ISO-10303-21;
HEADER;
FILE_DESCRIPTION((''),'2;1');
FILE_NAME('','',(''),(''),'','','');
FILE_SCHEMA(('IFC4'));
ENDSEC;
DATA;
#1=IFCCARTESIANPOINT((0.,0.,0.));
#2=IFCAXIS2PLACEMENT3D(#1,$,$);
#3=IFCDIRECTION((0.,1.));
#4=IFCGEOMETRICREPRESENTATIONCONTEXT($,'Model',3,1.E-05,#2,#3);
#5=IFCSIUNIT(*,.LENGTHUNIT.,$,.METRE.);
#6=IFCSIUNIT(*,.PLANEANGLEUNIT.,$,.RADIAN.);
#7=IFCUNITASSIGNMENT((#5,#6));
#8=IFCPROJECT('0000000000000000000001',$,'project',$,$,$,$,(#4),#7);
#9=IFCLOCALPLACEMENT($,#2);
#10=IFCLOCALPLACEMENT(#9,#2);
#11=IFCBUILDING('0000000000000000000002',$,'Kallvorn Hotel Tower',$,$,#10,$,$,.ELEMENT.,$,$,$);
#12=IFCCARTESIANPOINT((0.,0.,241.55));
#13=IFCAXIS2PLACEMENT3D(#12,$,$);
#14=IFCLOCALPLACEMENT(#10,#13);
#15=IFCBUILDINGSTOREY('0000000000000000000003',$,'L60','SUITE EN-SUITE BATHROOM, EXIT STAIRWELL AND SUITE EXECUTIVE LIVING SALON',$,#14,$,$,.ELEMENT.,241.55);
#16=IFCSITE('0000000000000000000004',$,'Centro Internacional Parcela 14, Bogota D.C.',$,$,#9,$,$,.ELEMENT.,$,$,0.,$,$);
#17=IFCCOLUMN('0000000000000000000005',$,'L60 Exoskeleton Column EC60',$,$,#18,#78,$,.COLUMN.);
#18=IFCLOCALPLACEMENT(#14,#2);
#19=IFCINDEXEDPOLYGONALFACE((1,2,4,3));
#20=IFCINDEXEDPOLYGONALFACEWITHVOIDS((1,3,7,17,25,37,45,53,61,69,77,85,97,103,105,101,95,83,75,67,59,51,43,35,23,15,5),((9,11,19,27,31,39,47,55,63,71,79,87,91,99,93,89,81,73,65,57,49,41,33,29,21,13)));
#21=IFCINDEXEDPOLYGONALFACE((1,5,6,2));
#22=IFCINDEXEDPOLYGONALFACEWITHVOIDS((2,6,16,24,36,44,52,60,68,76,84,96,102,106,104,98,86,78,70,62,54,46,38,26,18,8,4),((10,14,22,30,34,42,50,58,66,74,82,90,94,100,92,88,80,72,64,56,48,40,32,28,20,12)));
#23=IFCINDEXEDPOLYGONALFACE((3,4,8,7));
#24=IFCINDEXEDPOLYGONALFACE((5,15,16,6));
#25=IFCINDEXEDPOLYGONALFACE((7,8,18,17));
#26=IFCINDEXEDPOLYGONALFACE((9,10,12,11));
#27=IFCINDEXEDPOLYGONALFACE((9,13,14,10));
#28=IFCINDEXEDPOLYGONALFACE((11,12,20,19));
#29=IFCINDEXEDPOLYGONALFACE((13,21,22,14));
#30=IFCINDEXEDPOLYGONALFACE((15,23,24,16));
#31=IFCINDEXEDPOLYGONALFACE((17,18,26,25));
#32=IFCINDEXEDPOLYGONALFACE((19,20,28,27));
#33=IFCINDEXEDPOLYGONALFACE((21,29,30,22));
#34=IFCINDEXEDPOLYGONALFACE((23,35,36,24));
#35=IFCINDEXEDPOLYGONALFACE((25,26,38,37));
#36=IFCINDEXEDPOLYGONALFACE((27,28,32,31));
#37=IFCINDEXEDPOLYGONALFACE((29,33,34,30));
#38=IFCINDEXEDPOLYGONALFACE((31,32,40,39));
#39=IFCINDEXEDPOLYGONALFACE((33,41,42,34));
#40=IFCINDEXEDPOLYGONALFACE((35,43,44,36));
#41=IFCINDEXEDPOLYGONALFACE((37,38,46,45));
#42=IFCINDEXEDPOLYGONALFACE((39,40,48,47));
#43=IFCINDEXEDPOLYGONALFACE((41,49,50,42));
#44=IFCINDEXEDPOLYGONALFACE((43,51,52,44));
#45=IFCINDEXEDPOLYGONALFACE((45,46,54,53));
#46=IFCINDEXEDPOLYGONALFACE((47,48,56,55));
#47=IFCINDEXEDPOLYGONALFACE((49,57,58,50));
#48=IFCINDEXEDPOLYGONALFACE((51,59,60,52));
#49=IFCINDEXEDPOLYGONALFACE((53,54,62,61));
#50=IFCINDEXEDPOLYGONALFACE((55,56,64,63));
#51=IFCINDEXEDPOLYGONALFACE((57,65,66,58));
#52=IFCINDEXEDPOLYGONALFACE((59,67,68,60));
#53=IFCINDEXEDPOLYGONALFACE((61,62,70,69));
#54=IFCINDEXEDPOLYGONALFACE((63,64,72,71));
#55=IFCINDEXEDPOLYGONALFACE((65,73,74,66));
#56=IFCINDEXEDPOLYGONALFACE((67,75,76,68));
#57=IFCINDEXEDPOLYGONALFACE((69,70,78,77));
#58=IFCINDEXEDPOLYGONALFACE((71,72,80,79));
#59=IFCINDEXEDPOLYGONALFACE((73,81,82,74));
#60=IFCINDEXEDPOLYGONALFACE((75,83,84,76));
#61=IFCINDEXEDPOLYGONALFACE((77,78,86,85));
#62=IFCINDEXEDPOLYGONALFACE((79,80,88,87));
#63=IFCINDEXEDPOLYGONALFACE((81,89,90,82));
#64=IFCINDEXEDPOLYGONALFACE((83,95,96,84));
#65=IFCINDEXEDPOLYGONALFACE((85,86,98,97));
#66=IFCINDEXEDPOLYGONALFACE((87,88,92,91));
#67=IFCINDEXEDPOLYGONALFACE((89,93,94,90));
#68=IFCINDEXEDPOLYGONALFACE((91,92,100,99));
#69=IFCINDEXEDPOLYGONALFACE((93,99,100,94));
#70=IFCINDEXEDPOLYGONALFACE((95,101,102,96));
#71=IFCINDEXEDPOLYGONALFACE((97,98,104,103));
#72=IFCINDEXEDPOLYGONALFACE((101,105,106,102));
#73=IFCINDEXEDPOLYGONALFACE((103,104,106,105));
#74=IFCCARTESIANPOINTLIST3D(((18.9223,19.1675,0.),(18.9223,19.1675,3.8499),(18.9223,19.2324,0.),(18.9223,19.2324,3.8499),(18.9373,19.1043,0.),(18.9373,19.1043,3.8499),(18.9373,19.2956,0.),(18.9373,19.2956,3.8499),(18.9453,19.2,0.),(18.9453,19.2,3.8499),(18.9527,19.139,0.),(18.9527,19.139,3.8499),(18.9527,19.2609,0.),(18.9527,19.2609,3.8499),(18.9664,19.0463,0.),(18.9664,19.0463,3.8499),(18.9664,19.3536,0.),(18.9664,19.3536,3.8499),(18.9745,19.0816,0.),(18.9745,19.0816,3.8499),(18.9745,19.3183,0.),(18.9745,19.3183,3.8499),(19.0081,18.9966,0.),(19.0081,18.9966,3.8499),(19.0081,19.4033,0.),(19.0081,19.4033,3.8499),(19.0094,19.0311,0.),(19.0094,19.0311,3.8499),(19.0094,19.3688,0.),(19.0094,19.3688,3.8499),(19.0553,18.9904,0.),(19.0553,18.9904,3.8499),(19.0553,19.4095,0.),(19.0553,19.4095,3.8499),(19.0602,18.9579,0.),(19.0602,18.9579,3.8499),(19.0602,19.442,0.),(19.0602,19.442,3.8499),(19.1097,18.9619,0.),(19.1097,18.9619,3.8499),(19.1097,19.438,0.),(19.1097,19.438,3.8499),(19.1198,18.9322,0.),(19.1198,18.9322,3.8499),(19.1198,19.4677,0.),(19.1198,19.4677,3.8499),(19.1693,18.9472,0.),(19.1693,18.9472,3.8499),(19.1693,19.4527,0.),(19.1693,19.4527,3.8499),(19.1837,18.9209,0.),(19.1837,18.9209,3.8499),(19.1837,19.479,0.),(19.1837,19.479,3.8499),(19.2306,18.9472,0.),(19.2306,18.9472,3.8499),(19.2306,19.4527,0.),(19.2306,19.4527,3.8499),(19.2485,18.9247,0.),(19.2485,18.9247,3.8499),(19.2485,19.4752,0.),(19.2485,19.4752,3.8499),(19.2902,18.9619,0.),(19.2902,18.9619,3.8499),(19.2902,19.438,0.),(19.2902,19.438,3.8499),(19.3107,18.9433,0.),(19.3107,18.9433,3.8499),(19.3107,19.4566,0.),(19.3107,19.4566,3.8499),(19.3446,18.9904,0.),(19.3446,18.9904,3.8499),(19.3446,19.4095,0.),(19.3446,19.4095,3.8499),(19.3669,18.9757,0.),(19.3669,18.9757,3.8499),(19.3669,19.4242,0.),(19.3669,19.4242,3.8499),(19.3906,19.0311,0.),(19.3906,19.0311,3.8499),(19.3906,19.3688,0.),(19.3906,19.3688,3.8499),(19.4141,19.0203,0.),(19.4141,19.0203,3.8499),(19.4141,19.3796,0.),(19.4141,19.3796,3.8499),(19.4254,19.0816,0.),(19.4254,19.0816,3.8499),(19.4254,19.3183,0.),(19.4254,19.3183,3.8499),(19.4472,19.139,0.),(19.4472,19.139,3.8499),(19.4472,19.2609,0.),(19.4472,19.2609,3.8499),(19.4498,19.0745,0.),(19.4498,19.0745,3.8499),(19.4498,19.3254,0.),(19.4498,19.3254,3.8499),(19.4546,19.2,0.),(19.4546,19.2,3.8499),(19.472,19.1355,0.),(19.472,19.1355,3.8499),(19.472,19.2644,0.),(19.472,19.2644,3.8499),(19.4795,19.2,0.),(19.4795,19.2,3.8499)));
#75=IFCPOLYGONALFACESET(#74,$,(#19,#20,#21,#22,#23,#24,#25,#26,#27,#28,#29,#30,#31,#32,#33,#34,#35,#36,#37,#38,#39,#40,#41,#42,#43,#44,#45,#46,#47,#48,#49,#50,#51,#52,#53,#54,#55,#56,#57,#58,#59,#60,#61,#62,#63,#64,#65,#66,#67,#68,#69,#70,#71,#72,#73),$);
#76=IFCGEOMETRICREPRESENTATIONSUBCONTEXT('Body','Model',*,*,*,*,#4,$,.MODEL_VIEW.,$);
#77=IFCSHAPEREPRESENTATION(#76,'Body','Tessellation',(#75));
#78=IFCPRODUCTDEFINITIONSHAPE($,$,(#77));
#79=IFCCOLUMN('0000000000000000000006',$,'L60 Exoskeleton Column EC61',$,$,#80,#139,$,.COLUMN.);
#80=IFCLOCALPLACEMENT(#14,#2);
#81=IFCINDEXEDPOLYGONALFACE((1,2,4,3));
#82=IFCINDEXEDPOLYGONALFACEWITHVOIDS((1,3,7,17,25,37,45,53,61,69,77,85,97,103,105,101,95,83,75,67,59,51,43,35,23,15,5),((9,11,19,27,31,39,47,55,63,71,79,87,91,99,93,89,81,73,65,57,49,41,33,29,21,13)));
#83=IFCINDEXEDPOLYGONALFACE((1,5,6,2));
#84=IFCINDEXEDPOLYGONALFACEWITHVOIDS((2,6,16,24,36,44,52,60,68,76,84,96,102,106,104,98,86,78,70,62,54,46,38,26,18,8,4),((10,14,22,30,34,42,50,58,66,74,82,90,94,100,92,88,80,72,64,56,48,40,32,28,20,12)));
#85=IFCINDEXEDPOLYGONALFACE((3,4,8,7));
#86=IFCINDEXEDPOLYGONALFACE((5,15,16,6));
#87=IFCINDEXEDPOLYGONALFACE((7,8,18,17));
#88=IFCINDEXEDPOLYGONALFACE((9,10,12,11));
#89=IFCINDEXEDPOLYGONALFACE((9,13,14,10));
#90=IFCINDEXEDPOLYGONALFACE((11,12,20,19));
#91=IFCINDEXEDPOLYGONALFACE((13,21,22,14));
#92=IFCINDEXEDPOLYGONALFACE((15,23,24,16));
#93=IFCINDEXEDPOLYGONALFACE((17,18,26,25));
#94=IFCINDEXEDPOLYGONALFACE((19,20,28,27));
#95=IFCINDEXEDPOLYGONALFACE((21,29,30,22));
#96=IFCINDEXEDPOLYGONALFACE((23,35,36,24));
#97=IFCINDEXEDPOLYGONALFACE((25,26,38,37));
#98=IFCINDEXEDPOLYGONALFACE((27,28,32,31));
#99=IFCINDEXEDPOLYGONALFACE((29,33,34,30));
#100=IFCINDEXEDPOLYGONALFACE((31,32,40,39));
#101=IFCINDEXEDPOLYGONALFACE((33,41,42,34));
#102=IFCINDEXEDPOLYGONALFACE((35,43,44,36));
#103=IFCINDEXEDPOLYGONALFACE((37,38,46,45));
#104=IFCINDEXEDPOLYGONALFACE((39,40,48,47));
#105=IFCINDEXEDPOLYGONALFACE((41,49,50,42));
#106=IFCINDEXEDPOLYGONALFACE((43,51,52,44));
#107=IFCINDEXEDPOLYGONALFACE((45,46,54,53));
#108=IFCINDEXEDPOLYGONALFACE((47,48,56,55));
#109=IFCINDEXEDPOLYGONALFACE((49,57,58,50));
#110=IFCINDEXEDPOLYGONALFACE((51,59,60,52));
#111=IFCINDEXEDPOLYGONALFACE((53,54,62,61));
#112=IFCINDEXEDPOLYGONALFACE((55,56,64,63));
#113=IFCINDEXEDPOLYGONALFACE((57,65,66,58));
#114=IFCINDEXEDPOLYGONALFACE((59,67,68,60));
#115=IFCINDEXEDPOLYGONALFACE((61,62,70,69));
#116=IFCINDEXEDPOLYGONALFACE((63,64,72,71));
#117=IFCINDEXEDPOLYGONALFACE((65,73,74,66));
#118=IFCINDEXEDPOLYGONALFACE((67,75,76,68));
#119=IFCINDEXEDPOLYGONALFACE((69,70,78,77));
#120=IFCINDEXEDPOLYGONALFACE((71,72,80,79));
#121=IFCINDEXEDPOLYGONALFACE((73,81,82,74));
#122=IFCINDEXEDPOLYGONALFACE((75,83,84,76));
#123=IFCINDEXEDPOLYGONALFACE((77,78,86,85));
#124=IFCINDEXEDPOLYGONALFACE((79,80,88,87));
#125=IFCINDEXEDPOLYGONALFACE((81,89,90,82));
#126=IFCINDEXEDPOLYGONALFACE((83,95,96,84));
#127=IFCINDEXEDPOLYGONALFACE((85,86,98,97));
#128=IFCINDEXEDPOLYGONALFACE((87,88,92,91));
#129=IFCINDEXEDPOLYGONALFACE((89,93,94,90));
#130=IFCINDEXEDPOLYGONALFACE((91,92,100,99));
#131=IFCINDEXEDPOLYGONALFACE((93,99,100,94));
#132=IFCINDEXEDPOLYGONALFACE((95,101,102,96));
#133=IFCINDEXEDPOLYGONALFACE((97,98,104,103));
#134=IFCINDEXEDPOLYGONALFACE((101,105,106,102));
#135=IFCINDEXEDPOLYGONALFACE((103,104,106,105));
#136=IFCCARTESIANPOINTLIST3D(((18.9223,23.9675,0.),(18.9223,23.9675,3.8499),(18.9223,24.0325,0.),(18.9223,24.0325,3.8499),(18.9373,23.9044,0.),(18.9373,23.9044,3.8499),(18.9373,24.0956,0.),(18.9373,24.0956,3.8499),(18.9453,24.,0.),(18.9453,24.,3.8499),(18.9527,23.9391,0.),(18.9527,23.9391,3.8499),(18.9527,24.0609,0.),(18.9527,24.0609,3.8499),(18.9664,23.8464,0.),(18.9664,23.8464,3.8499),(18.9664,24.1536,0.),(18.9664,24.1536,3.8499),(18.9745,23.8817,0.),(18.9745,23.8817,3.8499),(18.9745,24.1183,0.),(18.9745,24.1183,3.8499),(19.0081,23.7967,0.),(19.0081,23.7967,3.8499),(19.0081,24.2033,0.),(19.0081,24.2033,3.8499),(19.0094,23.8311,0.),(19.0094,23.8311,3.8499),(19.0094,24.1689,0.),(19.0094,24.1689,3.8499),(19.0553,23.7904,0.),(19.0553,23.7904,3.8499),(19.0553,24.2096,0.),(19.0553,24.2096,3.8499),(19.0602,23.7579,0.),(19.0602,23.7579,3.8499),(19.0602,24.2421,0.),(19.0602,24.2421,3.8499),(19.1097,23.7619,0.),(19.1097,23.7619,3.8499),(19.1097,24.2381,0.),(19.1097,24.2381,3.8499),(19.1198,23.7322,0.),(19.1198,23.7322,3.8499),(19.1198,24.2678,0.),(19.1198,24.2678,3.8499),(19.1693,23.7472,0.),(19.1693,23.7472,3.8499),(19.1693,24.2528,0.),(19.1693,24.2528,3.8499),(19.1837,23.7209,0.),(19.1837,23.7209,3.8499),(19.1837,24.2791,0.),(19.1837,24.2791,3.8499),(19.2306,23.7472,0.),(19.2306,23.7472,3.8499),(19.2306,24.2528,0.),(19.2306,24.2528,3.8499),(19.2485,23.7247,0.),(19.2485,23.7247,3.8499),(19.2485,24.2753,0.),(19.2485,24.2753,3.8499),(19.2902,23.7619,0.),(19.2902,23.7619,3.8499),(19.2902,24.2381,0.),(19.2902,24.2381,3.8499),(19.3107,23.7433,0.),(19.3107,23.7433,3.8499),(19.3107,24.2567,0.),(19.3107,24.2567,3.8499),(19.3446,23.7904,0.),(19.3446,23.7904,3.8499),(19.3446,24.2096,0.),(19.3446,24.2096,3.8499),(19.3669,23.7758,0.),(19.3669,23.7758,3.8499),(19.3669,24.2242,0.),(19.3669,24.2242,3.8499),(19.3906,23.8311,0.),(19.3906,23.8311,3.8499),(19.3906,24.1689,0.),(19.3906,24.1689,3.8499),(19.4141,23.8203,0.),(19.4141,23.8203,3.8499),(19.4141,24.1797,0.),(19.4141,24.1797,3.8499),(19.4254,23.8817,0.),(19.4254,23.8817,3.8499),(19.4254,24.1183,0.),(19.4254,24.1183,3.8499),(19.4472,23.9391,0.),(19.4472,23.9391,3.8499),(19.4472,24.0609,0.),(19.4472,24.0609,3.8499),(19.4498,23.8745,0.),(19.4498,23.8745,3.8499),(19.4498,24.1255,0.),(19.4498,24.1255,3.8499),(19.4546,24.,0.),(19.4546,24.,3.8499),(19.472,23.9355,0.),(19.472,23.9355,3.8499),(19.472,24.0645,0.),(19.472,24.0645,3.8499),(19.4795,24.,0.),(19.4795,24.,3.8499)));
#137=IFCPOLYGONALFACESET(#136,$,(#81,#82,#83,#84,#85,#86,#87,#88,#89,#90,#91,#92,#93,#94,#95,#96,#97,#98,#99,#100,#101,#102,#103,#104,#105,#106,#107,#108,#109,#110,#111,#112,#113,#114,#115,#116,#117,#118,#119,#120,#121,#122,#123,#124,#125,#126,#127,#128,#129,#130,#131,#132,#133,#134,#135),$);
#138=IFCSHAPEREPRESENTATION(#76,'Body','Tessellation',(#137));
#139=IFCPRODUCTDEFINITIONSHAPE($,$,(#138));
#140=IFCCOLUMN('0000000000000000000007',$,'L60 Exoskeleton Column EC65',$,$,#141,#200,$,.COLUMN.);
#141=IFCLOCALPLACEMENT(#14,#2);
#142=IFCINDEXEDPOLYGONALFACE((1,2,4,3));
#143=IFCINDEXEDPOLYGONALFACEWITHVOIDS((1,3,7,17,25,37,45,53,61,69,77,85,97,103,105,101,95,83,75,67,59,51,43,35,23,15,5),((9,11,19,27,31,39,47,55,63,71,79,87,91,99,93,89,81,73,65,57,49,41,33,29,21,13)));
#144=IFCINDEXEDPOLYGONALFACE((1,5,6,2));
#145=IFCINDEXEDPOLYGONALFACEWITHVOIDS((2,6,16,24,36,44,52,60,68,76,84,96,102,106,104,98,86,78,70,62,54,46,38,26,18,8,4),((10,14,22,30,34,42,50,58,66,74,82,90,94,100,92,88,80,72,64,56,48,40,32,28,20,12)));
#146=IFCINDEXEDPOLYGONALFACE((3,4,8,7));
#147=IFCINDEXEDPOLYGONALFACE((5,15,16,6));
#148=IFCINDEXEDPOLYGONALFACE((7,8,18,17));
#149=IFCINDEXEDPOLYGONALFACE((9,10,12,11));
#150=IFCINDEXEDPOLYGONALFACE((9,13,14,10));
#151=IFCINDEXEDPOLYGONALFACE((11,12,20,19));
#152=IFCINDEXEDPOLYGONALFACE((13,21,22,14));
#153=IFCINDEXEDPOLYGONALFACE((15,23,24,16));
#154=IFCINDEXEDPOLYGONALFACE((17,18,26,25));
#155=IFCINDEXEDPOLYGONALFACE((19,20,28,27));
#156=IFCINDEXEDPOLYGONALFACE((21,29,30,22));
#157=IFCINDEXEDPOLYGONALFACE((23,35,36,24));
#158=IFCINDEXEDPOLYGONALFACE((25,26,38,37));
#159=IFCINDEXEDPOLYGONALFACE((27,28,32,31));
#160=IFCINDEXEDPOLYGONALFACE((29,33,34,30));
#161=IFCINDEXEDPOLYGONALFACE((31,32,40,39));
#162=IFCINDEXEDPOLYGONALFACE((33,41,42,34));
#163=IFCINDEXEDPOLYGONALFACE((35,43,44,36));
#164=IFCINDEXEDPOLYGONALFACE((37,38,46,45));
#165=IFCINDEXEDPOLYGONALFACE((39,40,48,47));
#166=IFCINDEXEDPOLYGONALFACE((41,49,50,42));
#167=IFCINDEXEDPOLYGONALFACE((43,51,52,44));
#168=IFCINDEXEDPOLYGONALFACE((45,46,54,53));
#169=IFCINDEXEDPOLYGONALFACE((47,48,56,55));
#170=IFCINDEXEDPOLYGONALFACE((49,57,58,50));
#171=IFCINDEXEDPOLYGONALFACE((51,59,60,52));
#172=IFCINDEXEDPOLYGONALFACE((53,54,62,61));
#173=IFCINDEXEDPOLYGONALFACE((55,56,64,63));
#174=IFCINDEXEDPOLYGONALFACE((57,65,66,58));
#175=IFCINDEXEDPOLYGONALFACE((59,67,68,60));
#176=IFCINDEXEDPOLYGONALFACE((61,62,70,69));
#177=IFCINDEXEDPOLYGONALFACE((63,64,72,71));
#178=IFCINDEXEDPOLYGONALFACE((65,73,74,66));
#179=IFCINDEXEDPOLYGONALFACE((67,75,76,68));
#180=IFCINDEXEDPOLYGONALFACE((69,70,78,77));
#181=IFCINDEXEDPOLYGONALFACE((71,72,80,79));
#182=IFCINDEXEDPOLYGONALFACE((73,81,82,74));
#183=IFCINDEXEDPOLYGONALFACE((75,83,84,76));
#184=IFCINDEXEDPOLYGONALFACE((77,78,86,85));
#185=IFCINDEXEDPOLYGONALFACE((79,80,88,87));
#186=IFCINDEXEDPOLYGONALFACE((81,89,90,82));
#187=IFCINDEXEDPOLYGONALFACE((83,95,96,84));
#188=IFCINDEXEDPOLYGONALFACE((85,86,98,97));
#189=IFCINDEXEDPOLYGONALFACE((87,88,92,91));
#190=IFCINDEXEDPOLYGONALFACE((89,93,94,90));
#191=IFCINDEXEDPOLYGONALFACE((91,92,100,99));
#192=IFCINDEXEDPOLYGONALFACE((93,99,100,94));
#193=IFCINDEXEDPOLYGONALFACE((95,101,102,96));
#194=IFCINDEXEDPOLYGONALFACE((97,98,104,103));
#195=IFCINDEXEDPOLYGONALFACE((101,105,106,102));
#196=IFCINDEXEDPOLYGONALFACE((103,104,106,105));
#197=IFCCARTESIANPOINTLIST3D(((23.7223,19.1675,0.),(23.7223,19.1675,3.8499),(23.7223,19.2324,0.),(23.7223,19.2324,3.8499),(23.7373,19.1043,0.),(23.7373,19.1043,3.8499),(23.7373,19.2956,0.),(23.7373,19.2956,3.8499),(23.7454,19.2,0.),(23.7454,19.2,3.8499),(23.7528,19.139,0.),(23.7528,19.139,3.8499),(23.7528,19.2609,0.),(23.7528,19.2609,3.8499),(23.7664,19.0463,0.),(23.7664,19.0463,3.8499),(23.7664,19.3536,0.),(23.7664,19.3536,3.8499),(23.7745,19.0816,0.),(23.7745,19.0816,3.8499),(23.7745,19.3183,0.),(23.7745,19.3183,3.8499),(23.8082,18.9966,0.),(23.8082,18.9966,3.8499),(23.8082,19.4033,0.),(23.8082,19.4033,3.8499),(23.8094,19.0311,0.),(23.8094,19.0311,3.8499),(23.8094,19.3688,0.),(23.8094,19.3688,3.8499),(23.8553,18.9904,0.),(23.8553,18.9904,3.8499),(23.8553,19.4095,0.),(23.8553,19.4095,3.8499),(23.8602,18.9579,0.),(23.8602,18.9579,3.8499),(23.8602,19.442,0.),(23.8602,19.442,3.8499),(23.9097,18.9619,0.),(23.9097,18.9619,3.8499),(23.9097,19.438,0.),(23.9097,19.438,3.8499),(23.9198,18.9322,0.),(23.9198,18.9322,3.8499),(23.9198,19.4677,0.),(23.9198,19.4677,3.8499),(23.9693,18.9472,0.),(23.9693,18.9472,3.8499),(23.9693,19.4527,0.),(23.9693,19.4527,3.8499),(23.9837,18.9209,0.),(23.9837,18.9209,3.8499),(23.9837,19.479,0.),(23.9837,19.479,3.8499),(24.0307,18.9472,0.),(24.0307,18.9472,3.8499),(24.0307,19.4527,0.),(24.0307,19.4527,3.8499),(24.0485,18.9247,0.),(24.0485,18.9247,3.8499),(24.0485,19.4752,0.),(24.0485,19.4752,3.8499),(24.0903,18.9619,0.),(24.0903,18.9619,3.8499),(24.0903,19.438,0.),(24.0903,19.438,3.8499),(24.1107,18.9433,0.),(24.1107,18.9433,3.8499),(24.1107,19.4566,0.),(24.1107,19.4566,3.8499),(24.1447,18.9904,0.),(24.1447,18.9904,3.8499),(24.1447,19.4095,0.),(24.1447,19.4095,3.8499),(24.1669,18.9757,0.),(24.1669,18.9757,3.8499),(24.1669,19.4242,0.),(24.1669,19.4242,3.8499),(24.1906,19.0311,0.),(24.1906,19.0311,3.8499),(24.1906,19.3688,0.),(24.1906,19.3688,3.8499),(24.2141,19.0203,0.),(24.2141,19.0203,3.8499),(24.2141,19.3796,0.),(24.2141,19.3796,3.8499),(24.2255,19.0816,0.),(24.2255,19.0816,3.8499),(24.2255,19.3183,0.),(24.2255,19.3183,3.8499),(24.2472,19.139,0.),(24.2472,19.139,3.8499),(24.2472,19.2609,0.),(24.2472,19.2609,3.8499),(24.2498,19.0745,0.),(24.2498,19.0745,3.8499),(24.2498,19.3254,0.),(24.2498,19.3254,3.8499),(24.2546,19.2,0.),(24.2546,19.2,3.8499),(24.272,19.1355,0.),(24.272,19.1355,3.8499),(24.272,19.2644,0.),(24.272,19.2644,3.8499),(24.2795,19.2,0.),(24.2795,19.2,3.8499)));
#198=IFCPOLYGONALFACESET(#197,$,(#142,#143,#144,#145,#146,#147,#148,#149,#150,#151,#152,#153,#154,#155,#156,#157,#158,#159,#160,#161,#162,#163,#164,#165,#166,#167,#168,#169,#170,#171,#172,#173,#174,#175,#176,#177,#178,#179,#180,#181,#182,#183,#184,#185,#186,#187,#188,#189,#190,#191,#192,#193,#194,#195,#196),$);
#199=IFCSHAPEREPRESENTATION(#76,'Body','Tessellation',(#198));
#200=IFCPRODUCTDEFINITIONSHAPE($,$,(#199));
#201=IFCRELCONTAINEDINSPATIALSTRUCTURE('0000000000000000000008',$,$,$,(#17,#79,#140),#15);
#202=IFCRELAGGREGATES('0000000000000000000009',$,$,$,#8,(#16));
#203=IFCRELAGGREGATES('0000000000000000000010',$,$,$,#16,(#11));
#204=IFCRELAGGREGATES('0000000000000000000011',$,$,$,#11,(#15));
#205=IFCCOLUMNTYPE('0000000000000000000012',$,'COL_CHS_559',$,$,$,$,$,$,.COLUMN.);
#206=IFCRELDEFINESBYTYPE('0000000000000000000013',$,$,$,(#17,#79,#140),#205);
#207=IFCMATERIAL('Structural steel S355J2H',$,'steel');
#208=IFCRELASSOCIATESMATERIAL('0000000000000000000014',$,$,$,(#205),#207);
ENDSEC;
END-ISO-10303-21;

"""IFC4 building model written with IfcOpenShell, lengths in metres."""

from ifc_helpers import new_model, si_unit, direction, frame, origin, origin_2d, place, context, subcontext, project, spatial, hollow_circle, extrude, material, material_profile, profile_set, type_object, element, save


model = new_model("IFC4")

# Units and contexts
model_context = context("Model", 3, precision=1e-05, world=origin(), true_north=direction((0.0, 1.0)))
body_context = subcontext(model_context, "Body", "Model", "MODEL_VIEW")
ifc_project = project(units=[si_unit("LENGTHUNIT", "METRE"), si_unit("PLANEANGLEUNIT", "RADIAN")], contexts=[model_context])

# Site, building, storey
site_placement = place(None, origin())
site = spatial("IfcSite", under=ifc_project, at=site_placement, Name="Centro Internacional Parcela 14, Bogota D.C.", CompositionType="ELEMENT", RefElevation=0.0)
building_placement = place(site_placement, origin())
building = spatial("IfcBuilding", under=site, at=building_placement, Name="Kallvorn Hotel Tower", CompositionType="ELEMENT")
storey_placement = place(building_placement, frame((0.0, 0.0, 241.55)))
storey = spatial("IfcBuildingStorey", under=building, at=storey_placement, Name="L60", Description="SUITE EN-SUITE BATHROOM, EXIT STAIRWELL AND SUITE EXECUTIVE LIVING SALON", CompositionType="ELEMENT", Elevation=241.55)

# Columns
ifc_material_1 = material(Name="Structural steel S355J2H", Category="steel")
ifc_material_profile_1 = material_profile(ifc_material_1, hollow_circle(Radius=0.2795, WallThickness=0.0249, at=origin_2d()), Name="CHS 559x25")
ifc_profile_set_1 = profile_set([ifc_material_profile_1], Name="Structural steel S355J2H")
column_type = type_object("IfcColumnType", Name="COL_CHS_559", PredefinedType="COLUMN", material=ifc_profile_set_1)
for number, where, z_axis, x_axis, name in (
    (1, (19.2, 19.2, 0.0), (0.0, 0.0, 1.0), (1.0, 0.0, 0.0), "L60 Exoskeleton Column EC60"),
    (2, (19.2, 24.0, 0.0), (0.0, 0.0, 1.0), (1.0, 0.0, 0.0), "L60 Exoskeleton Column EC61"),
    (3, (24.0, 19.2, 0.0), (0.0, 0.0, 1.0), (1.0, 0.0, 0.0), "L60 Exoskeleton Column EC65"),
):
    element("IfcColumn", number, at=place(storey_placement, frame(where, z_axis=z_axis, x_axis=x_axis)), inside=storey, type_object=column_type, Name=name, PredefinedType="COLUMN", context=body_context, shape_type="SweptSolid", body=[
        extrude(hollow_circle(Radius=0.2795, WallThickness=0.0249, at=origin_2d()), origin(), (0.0, 0.0, 1.0), 3.8499),
    ])

save(model, "model.ifc")
